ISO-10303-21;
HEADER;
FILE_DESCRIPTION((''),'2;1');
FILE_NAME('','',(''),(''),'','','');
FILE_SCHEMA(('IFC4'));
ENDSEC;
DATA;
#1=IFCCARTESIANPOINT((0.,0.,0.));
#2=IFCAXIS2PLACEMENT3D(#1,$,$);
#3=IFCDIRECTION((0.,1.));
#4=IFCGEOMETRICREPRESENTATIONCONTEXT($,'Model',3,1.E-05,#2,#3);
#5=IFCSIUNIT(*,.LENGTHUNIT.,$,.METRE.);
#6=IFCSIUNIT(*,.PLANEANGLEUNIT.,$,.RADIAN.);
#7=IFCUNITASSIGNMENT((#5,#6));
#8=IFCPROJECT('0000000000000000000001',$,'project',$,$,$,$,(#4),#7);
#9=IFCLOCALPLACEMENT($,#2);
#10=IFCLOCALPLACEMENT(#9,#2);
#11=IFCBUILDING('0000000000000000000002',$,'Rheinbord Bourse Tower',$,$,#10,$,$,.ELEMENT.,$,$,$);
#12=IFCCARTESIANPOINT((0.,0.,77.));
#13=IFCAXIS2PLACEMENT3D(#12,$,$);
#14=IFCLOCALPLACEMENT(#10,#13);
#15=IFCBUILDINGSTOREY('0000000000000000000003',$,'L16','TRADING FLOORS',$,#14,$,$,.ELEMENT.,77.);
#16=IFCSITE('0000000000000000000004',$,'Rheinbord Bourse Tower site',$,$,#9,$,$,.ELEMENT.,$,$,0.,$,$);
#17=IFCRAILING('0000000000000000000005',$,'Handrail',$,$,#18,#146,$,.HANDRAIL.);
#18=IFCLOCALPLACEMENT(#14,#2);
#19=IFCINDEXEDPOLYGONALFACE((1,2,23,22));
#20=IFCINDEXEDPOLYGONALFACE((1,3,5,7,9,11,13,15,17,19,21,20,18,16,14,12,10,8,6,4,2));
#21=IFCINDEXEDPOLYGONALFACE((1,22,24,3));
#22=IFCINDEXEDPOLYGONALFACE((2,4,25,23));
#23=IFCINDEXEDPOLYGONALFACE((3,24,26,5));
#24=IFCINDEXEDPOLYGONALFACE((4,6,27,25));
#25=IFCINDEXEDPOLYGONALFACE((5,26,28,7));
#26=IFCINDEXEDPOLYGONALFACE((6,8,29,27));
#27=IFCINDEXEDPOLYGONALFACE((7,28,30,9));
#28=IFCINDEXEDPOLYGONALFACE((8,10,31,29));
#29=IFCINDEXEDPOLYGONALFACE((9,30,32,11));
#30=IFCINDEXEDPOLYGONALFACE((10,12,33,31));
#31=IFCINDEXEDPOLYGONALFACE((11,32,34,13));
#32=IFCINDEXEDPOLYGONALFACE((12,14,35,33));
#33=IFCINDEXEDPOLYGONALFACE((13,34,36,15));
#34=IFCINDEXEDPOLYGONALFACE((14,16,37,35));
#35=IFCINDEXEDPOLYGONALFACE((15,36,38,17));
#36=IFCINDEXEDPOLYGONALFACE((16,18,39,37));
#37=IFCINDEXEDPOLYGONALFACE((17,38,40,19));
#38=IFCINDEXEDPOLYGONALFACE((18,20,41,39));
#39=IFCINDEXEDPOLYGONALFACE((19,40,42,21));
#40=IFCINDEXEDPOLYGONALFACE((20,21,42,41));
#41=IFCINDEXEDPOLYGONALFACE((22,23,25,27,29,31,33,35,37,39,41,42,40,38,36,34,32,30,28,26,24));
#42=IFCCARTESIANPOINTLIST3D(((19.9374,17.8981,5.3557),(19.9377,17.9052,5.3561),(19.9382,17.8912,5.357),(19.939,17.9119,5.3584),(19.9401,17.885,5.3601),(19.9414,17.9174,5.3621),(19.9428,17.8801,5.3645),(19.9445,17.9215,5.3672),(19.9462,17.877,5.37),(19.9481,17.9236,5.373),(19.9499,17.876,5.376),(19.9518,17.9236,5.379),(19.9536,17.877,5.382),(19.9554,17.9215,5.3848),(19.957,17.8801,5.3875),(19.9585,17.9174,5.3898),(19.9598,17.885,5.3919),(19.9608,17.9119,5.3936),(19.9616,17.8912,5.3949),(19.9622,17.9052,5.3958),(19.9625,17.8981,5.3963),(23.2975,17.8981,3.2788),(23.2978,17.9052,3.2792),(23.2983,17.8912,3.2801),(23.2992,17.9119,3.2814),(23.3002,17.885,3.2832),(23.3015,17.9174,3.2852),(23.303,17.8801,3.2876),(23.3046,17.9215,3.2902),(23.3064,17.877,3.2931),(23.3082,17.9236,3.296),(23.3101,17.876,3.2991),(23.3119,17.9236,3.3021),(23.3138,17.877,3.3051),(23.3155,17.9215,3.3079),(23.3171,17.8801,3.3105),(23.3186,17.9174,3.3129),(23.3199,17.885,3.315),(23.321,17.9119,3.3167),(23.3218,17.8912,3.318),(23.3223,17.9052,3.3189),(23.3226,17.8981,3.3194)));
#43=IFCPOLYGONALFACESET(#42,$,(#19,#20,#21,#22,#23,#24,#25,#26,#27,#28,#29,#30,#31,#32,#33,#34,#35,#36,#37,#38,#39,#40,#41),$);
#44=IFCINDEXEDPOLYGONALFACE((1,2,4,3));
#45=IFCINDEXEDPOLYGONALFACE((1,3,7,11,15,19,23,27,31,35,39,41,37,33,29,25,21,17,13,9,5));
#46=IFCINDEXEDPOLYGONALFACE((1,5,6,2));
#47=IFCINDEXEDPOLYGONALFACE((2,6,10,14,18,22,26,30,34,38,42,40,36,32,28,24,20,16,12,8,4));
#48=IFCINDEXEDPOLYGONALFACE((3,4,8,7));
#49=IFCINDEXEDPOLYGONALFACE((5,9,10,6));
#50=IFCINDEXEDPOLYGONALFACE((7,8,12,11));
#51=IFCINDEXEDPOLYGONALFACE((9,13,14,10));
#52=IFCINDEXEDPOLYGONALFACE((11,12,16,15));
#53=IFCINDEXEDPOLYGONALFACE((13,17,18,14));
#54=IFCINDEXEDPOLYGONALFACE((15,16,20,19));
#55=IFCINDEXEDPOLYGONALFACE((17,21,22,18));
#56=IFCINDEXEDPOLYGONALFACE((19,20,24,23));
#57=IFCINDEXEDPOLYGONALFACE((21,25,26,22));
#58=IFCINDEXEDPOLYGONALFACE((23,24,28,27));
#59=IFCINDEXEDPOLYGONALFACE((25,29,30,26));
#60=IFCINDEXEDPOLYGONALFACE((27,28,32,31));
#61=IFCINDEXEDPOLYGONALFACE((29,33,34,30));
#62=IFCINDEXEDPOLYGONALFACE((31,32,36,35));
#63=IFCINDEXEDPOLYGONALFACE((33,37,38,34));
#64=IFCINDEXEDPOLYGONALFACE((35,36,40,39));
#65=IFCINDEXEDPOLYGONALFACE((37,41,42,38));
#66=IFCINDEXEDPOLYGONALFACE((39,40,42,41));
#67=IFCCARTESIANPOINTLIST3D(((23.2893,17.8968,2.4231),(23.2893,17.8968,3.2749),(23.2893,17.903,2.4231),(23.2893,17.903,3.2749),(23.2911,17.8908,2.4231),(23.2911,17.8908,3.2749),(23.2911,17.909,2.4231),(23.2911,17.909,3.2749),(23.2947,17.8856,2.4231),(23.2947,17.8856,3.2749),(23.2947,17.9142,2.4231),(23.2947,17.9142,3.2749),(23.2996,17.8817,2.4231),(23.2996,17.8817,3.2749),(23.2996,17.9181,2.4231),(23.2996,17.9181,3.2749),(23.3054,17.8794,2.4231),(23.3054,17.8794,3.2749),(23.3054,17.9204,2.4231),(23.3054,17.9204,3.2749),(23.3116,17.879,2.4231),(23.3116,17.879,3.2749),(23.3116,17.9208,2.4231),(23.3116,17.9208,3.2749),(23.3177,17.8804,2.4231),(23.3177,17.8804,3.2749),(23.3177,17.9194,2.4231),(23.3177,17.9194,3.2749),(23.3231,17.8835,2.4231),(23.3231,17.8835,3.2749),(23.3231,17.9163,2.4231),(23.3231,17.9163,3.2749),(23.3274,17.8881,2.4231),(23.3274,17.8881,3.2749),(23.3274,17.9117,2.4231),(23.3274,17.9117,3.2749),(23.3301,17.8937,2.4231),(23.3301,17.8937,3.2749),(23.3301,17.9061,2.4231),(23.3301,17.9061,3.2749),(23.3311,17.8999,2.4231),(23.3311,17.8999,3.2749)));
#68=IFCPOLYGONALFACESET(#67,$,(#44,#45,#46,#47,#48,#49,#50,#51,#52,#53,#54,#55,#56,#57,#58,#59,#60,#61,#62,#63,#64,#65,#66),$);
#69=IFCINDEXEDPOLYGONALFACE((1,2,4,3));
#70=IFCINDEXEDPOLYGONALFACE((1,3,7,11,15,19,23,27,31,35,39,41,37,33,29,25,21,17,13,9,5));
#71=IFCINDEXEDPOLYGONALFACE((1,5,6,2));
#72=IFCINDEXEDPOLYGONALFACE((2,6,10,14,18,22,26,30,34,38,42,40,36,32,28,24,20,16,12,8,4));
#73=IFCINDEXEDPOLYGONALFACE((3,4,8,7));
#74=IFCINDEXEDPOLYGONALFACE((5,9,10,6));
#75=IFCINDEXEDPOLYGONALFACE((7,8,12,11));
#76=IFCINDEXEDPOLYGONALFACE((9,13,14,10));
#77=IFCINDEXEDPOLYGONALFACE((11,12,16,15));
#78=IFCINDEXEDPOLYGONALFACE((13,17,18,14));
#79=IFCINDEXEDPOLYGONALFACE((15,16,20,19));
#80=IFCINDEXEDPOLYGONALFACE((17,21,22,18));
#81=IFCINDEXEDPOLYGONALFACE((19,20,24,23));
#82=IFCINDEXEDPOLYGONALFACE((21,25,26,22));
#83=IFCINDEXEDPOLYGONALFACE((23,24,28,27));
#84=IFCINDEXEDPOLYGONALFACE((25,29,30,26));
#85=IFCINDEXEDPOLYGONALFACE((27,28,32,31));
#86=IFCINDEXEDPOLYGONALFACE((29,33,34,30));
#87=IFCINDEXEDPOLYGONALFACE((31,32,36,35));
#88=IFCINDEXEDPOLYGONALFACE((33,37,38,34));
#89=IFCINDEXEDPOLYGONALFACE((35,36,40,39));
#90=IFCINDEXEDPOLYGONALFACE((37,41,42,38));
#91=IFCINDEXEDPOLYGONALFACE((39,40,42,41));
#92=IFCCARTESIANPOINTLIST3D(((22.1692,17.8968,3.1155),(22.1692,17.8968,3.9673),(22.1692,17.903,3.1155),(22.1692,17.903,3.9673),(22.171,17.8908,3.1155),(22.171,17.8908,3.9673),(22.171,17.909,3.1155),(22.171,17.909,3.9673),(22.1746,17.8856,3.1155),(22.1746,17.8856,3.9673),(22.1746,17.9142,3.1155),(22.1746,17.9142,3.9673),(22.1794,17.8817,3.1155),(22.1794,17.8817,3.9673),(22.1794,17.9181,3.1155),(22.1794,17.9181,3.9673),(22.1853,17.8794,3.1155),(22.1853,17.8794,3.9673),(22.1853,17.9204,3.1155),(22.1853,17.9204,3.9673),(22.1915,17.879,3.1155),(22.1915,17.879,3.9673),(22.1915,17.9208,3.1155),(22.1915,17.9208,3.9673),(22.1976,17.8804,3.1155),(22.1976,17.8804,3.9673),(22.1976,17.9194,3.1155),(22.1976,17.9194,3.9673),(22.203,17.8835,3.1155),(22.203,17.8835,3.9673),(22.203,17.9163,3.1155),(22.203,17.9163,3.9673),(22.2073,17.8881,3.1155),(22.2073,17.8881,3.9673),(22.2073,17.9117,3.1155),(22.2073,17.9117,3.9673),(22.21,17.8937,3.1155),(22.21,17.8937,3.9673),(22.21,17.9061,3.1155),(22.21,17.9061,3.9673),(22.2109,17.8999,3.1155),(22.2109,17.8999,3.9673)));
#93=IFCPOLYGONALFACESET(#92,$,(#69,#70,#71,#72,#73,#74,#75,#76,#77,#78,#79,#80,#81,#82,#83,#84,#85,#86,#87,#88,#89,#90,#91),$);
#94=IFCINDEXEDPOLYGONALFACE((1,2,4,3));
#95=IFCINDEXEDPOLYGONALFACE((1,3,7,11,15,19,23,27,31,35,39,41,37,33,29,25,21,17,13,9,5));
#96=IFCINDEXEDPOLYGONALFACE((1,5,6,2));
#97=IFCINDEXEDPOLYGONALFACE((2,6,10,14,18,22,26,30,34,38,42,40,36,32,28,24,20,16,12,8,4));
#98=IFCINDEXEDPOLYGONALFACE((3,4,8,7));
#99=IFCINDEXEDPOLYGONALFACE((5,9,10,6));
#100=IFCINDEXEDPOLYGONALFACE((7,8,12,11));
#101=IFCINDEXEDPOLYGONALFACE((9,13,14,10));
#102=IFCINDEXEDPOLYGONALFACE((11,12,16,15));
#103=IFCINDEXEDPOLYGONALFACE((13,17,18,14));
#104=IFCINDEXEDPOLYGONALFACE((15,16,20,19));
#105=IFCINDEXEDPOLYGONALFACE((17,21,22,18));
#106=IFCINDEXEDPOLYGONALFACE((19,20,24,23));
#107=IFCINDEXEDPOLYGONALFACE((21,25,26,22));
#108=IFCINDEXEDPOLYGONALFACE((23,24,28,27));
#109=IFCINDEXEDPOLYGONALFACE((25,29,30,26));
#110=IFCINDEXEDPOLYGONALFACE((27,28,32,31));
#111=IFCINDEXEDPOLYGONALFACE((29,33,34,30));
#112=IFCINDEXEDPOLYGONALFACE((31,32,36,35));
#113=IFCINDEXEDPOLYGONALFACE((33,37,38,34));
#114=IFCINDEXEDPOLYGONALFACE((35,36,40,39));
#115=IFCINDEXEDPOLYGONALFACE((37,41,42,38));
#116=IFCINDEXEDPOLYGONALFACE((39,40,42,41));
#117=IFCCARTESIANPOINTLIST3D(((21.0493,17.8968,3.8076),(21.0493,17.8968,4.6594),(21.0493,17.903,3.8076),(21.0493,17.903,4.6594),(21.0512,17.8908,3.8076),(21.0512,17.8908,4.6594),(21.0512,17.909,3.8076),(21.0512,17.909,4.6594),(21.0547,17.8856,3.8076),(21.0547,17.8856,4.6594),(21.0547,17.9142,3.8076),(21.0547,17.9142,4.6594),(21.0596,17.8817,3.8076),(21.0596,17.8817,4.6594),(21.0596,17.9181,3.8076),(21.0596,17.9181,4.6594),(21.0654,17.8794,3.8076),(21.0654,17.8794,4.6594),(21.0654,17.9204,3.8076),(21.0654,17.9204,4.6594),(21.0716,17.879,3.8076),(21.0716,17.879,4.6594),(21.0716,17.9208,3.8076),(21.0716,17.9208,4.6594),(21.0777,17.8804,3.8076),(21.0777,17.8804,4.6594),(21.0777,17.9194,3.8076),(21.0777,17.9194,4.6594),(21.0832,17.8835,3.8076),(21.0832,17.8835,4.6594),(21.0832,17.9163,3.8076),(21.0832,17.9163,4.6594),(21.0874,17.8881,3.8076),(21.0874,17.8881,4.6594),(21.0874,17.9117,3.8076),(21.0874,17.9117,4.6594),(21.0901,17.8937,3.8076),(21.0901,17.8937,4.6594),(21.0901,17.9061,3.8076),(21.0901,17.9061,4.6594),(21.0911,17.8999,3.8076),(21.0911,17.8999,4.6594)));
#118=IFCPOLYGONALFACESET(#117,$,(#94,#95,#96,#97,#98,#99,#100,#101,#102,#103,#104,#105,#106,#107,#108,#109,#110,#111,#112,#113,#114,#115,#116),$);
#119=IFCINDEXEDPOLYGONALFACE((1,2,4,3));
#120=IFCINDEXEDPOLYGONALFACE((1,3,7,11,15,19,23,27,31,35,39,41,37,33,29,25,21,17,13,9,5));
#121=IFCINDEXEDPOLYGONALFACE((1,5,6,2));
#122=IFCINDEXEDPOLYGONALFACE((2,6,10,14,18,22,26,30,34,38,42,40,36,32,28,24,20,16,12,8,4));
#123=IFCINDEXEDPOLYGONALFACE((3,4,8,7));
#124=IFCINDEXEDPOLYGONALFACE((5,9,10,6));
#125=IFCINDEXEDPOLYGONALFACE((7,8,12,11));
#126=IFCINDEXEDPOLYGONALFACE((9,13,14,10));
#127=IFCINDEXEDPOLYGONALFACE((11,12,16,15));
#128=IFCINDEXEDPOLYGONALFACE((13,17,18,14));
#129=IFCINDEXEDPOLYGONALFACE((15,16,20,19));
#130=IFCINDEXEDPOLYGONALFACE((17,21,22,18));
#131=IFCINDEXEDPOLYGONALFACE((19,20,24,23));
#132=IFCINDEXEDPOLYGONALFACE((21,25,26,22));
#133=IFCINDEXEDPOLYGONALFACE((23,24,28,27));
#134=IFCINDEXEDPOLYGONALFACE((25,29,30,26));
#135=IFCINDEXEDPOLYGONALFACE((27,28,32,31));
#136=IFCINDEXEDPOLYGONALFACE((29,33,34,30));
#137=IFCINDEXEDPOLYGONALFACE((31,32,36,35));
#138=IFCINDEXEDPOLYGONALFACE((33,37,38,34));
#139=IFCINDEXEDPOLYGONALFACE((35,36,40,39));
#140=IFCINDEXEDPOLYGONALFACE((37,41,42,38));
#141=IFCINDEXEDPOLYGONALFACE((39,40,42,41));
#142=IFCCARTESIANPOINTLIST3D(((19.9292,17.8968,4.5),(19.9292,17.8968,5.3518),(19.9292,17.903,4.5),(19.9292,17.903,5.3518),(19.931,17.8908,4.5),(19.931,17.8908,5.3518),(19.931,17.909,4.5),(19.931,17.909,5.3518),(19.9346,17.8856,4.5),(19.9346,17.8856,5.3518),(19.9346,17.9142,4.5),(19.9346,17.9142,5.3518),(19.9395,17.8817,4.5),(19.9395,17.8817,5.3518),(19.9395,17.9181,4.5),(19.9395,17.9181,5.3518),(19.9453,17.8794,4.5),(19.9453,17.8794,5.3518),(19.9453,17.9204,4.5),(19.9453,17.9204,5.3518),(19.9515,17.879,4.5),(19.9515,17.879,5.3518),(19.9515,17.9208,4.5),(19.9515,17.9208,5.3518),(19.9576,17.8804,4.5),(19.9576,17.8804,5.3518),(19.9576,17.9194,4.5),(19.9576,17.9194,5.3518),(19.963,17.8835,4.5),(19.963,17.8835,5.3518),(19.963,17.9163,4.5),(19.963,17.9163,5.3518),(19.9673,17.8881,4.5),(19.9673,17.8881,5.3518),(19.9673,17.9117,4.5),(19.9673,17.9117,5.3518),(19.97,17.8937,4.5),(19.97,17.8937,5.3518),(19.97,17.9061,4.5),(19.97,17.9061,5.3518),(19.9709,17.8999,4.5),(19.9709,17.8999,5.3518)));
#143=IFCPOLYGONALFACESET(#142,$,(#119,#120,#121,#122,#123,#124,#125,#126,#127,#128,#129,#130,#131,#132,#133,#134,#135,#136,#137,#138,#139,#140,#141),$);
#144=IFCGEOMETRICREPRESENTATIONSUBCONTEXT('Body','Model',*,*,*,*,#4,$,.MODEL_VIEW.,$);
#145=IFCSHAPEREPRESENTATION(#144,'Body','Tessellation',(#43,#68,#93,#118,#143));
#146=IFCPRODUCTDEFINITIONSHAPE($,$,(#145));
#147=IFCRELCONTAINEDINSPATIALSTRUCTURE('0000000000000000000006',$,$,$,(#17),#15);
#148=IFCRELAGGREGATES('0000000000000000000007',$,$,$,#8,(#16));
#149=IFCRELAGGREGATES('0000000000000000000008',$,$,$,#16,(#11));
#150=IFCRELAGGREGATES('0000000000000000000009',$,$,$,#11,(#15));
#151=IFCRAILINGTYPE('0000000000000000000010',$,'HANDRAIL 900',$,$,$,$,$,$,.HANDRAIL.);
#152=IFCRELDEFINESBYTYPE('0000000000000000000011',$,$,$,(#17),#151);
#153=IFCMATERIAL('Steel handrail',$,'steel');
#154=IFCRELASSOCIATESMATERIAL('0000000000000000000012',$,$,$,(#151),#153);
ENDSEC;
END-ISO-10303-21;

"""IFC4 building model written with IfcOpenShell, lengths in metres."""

from ifc_helpers import new_model, si_unit, direction, frame, origin, origin_2d, place, context, subcontext, project, spatial, circle, extrude, material, type_object, element, save


model = new_model("IFC4")

# Units and contexts
model_context = context("Model", 3, precision=1e-05, world=origin(), true_north=direction((0.0, 1.0)))
body_context = subcontext(model_context, "Body", "Model", "MODEL_VIEW")
ifc_project = project(units=[si_unit("LENGTHUNIT", "METRE"), si_unit("PLANEANGLEUNIT", "RADIAN")], contexts=[model_context])

# Site, building, storey
site_placement = place(None, origin())
site = spatial("IfcSite", under=ifc_project, at=site_placement, Name="Rheinbord Bourse Tower site", CompositionType="ELEMENT", RefElevation=0.0)
building_placement = place(site_placement, origin())
building = spatial("IfcBuilding", under=site, at=building_placement, Name="Rheinbord Bourse Tower", CompositionType="ELEMENT")
storey_placement = place(building_placement, frame((0.0, 0.0, 77.0)))
storey = spatial("IfcBuildingStorey", under=building, at=storey_placement, Name="L16", Description="TRADING FLOORS", CompositionType="ELEMENT", Elevation=77.0)

# Railing
ifc_material_1 = material(Name="Steel handrail", Category="steel")
railing_type = type_object("IfcRailingType", Name="HANDRAIL 900", PredefinedType="HANDRAIL", material=ifc_material_1)
railing_1_placement = place(storey_placement, frame((23.3101, 17.8999, 2.4231)))
element("IfcRailing", 1, at=railing_1_placement, inside=storey, type_object=railing_type, Name="Handrail", PredefinedType="HANDRAIL", context=body_context, shape_type="SweptSolid", body=[
    extrude(circle(Radius=0.0239, at=origin_2d()), frame((0.0, 0.0, 0.876), z_axis=(-0.850623, 0.0, 0.525776), x_axis=(0.0, -1.0, 0.0)), (0.0, 0.0, 1.0), 3.9502),
    extrude(circle(Radius=0.021, at=origin_2d()), origin(), (0.0, 0.0, 1.0), 0.8518),
    extrude(circle(Radius=0.021, at=origin_2d()), frame((-1.1201, 0.0, 0.6924)), (0.0, 0.0, 1.0), 0.8518),
    extrude(circle(Radius=0.021, at=origin_2d()), frame((-2.24, 0.0, 1.3845)), (0.0, 0.0, 1.0), 0.8518),
    extrude(circle(Radius=0.021, at=origin_2d()), frame((-3.3601, 0.0, 2.0769)), (0.0, 0.0, 1.0), 0.8518),
])

save(model, "model.ifc")
